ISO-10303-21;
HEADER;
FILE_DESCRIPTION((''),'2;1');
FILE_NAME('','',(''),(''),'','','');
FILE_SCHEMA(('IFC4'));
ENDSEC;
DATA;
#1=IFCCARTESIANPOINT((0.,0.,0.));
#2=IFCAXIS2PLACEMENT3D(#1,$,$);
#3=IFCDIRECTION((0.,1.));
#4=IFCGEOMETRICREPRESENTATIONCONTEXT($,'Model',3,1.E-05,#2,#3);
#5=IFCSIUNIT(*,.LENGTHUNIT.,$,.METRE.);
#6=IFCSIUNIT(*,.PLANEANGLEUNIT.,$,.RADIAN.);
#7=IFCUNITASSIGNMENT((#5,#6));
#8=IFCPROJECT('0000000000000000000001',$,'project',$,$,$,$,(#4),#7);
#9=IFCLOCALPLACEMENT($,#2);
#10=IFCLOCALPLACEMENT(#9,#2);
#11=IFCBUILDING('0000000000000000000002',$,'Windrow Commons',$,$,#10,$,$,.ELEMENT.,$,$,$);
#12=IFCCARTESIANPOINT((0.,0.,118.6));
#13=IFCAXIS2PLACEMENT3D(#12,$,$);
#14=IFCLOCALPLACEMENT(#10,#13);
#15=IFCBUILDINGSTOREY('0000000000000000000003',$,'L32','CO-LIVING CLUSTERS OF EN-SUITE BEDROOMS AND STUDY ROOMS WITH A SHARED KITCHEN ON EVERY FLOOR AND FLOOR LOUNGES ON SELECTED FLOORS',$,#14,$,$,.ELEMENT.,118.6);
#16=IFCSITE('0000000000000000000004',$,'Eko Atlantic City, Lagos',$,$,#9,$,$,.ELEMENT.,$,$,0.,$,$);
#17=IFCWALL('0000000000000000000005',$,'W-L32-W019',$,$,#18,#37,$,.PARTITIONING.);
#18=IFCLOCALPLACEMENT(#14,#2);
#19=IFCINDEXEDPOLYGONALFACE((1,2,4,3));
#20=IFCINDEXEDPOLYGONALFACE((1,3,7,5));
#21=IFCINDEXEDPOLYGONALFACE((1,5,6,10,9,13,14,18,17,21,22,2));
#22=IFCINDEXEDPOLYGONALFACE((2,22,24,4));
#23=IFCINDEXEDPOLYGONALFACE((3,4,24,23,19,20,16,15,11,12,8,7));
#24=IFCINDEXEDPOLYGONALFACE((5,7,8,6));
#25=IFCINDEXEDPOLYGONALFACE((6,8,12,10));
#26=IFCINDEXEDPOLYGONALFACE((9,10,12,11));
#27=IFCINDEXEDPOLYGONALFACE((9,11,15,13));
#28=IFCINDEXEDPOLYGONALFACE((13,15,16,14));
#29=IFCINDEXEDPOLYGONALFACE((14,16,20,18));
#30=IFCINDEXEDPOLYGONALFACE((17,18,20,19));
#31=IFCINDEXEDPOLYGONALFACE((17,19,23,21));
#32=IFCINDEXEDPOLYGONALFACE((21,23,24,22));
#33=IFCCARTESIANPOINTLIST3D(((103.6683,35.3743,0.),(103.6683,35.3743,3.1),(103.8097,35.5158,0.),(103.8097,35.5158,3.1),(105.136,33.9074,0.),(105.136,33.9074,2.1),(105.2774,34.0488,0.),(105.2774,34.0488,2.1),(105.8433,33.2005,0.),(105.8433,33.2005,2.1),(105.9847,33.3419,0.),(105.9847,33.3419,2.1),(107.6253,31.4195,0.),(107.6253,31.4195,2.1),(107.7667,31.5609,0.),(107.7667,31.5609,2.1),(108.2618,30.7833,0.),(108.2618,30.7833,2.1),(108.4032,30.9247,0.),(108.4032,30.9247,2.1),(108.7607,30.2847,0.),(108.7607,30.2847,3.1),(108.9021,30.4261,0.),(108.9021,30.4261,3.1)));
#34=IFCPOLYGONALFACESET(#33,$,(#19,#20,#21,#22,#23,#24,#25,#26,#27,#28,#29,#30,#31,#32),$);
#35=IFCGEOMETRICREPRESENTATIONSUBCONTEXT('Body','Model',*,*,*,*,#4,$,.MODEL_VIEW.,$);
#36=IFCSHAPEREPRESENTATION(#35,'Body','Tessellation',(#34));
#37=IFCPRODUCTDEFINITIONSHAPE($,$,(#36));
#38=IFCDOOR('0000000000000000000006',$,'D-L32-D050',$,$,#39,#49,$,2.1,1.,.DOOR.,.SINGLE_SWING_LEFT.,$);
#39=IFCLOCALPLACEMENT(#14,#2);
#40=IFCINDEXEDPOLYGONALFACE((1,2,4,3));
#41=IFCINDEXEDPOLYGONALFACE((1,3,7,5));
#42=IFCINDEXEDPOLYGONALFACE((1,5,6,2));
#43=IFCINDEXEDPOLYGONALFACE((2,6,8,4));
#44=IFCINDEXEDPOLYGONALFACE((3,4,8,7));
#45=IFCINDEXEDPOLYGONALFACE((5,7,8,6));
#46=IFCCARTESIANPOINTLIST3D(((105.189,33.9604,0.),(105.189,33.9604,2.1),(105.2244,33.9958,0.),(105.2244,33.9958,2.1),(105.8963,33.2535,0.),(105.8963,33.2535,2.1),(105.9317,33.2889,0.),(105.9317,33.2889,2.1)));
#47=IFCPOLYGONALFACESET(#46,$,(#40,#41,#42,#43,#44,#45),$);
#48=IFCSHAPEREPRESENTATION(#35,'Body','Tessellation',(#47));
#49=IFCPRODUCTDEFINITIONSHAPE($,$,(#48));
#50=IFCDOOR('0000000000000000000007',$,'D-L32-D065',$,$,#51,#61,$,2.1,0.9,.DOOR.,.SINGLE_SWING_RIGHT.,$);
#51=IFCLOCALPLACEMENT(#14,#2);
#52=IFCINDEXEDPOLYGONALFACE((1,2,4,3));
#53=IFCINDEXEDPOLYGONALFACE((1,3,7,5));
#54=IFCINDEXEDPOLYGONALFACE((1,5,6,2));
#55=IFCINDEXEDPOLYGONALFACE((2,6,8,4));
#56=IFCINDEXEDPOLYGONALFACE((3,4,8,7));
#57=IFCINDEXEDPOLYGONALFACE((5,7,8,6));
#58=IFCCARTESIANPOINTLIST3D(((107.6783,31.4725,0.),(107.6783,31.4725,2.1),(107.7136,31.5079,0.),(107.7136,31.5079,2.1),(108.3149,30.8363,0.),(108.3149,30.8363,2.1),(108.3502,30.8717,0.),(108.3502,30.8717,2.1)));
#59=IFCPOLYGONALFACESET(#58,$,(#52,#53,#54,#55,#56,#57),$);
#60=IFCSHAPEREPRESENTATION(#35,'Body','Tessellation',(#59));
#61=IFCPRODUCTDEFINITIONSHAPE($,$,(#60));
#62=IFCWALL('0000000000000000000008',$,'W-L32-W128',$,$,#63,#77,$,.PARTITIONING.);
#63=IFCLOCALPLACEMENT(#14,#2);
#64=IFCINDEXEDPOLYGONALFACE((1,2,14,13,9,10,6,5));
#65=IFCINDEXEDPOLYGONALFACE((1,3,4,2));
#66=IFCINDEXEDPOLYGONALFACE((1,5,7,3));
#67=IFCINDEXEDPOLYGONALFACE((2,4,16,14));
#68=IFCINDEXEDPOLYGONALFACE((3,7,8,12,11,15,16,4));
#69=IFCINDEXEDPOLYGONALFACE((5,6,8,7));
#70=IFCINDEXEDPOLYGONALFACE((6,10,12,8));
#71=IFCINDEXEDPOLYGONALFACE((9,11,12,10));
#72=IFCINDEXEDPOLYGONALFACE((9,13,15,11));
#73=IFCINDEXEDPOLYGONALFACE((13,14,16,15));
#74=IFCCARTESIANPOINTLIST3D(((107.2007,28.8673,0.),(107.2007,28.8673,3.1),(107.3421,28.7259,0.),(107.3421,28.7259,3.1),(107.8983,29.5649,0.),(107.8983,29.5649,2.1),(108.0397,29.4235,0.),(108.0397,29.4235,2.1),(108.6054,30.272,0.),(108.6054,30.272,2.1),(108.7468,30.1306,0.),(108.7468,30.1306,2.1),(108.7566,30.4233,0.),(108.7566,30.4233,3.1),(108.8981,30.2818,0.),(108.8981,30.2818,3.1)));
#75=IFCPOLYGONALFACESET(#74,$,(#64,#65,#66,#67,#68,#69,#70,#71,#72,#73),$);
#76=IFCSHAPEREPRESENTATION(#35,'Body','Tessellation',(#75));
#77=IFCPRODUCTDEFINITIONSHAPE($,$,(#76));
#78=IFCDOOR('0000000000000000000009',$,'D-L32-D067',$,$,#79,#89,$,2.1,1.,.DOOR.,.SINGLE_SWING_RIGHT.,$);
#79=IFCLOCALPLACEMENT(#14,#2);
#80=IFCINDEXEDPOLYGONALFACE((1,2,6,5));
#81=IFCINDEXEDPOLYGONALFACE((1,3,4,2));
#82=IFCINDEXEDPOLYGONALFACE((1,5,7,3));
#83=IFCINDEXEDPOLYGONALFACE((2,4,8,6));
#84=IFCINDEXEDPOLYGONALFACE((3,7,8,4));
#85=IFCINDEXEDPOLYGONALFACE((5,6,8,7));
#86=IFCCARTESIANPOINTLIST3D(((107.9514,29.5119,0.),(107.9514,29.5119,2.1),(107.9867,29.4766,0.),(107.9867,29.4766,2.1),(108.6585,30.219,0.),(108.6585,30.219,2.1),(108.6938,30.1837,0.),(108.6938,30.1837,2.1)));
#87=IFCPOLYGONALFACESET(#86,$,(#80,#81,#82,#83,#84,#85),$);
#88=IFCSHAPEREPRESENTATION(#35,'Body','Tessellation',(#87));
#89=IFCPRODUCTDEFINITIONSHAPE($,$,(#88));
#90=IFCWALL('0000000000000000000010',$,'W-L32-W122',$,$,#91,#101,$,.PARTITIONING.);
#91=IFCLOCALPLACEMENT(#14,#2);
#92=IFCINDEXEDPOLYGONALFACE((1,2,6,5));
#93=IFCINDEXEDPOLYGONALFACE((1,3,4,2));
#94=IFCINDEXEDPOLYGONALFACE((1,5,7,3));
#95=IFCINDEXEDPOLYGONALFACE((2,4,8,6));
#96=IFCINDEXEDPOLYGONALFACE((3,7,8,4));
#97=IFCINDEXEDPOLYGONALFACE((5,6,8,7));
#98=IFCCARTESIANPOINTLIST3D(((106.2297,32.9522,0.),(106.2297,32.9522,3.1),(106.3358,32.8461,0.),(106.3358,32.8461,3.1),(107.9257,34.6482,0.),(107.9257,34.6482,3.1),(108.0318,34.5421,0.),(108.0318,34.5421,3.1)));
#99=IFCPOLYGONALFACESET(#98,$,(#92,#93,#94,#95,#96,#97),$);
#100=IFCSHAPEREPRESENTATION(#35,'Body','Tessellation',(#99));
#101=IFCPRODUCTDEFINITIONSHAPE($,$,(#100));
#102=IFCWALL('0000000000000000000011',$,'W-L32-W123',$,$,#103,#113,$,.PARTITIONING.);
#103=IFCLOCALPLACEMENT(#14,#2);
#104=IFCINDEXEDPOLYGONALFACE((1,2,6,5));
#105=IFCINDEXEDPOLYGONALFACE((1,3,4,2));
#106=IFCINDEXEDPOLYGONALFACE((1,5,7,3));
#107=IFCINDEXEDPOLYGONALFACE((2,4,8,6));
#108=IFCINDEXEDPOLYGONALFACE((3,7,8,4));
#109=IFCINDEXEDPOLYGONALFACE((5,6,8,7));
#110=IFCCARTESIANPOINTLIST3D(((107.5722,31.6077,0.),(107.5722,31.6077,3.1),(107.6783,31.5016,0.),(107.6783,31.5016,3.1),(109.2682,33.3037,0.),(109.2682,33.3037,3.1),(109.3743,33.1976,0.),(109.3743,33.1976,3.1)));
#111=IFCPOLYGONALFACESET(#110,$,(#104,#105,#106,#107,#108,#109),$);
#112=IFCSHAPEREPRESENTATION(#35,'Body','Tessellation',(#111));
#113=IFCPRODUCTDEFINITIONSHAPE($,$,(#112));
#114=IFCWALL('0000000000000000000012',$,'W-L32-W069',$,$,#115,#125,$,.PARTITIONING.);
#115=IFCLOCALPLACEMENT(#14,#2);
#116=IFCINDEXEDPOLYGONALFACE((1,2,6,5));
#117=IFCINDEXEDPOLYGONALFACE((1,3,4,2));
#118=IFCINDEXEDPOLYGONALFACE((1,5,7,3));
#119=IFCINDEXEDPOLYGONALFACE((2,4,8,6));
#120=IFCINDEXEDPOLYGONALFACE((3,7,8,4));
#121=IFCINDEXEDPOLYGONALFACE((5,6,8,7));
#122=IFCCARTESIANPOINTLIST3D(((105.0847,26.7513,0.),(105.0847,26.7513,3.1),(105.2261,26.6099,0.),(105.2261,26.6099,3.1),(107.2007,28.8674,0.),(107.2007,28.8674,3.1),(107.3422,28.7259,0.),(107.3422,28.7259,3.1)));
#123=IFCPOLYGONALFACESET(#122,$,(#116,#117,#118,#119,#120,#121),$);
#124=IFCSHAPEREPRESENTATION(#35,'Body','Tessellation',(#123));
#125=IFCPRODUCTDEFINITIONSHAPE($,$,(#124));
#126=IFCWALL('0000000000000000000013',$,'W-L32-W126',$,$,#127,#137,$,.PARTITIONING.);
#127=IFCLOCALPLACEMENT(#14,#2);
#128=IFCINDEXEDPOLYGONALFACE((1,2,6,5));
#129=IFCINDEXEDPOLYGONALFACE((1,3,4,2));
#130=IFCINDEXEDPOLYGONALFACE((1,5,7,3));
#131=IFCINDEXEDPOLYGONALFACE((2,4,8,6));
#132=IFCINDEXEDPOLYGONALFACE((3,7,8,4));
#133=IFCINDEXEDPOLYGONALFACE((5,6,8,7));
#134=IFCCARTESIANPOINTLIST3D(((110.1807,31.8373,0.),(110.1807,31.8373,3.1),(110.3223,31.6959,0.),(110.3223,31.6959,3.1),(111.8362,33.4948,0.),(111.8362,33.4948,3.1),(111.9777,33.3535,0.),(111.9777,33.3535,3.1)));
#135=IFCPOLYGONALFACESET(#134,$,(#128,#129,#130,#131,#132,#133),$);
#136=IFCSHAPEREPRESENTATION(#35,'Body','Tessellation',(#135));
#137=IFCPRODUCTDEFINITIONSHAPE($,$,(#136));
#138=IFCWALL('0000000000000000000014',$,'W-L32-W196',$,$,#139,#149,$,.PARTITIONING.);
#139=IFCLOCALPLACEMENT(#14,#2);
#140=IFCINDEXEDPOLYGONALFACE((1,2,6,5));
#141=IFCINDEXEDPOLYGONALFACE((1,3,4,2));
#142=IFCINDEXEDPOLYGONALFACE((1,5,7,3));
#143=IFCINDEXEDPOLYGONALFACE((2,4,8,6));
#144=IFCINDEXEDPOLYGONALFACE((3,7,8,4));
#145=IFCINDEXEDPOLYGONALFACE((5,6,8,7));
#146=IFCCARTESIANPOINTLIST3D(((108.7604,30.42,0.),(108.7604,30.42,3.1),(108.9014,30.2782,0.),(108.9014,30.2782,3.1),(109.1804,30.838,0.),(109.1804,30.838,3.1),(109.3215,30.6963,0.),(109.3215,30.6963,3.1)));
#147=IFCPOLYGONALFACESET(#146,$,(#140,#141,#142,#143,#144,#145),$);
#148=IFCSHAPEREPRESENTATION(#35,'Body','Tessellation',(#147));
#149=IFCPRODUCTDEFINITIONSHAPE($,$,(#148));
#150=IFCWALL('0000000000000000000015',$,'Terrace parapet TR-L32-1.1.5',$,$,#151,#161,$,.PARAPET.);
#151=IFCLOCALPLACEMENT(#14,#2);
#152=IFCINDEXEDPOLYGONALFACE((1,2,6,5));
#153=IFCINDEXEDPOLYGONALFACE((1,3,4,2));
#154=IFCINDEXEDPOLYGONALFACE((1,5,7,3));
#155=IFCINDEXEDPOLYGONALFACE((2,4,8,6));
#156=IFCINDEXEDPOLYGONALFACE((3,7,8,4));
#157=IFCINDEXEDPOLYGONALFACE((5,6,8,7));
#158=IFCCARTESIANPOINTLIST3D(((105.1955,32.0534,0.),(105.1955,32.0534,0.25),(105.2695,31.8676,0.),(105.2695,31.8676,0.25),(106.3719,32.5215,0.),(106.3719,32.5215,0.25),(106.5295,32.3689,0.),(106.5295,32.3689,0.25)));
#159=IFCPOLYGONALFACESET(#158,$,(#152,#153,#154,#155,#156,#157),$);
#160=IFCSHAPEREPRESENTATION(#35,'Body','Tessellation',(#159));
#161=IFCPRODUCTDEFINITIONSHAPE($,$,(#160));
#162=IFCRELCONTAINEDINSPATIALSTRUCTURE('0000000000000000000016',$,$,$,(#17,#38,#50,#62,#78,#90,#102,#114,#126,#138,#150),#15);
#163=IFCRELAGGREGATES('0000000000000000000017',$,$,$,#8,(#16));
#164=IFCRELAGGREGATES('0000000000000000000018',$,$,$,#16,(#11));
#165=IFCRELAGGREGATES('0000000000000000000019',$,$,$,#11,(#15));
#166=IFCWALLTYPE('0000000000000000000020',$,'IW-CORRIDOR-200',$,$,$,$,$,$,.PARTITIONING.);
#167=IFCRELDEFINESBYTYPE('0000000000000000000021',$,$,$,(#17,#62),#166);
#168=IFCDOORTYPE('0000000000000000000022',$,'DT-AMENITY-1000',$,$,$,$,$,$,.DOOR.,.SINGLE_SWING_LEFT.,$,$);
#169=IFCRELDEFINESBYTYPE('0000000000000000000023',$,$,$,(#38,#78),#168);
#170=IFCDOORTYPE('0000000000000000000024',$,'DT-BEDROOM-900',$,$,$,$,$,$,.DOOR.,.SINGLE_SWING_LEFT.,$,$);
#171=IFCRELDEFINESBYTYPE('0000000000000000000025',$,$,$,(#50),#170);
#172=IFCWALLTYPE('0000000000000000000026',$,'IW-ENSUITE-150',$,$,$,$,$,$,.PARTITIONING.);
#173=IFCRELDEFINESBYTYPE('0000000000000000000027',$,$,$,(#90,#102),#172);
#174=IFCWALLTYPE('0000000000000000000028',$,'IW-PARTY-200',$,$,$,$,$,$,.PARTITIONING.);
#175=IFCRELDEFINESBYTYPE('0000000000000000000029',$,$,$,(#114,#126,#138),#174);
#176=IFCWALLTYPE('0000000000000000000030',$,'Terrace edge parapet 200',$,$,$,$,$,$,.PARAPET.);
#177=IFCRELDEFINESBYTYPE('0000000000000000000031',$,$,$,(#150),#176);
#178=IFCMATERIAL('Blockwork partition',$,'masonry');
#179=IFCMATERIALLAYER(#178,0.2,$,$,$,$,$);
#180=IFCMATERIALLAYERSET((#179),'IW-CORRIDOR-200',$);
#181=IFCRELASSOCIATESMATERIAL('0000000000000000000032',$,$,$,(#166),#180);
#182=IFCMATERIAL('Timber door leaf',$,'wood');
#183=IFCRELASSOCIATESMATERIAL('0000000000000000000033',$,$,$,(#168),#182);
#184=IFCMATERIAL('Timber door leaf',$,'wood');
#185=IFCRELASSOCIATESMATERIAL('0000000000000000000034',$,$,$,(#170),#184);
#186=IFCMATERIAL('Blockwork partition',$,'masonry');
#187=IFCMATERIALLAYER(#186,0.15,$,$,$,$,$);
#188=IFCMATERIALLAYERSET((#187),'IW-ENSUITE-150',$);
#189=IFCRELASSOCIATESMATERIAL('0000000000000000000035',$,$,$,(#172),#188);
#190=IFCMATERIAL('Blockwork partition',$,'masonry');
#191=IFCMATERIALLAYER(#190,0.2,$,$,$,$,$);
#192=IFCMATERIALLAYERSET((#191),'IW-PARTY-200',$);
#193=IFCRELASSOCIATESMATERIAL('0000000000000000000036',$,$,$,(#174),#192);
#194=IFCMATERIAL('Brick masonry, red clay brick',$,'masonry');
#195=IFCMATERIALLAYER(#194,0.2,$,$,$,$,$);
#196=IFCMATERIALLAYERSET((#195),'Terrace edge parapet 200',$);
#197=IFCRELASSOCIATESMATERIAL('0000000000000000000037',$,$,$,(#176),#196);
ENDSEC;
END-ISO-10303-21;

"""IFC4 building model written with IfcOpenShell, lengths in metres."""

from ifc_helpers import new_model, si_unit, direction, frame, frame_2d, origin, place, context, subcontext, project, spatial, polyline, rectangle, outline, extrude, material, layer, layer_set, type_object, element, fill, save


model = new_model("IFC4")

# Units and contexts
model_context = context("Model", 3, precision=1e-05, world=origin(), true_north=direction((0.0, 1.0)))
body_context = subcontext(model_context, "Body", "Model", "MODEL_VIEW")
ifc_project = project(units=[si_unit("LENGTHUNIT", "METRE"), si_unit("PLANEANGLEUNIT", "RADIAN")], contexts=[model_context])

# Site, building, storey
site_placement = place(None, origin())
site = spatial("IfcSite", under=ifc_project, at=site_placement, Name="Eko Atlantic City, Lagos", CompositionType="ELEMENT", RefElevation=0.0)
building_placement = place(site_placement, origin())
building = spatial("IfcBuilding", under=site, at=building_placement, Name="Windrow Commons", CompositionType="ELEMENT")
storey_placement = place(building_placement, frame((0.0, 0.0, 118.6)))
storey = spatial("IfcBuildingStorey", under=building, at=storey_placement, Name="L32", Description="CO-LIVING CLUSTERS OF EN-SUITE BEDROOMS AND STUDY ROOMS WITH A SHARED KITCHEN ON EVERY FLOOR AND FLOOR LOUNGES ON SELECTED FLOORS", CompositionType="ELEMENT", Elevation=118.6)

# Wall, openings, doors
ifc_material_1 = material(Name="Blockwork partition", Category="masonry")
ifc_layer_1 = layer(ifc_material_1, 0.2)
ifc_layer_set_1 = layer_set([ifc_layer_1], Name="IW-CORRIDOR-200")
wall_type_1 = type_object("IfcWallType", Name="IW-CORRIDOR-200", PredefinedType="PARTITIONING", material=ifc_layer_set_1)
wall_1_placement = place(storey_placement, frame((108.8314, 30.3554, 0.0), z_axis=(0.0, 0.0, 1.0), x_axis=(-0.707301, 0.706912, 0.0)))
wall_1 = element("IfcWall", 1, at=wall_1_placement, inside=storey, type_object=wall_type_1, Name="W-L32-W019", PredefinedType="PARTITIONING", context=body_context, shape_type="SweptSolid", body=[
    extrude(rectangle(XDim=7.1998, YDim=0.2, at=frame_2d((3.5999, 0.0))), origin(), (0.0, 0.0, 1.0), 3.1),
])
opening_1_placement = place(wall_1_placement, frame((4.1247, 0.0, 0.0)))
opening_1 = element("IfcOpeningElement", 2, at=opening_1_placement, cuts=wall_1, PredefinedType="OPENING", context=body_context, shape_type="SweptSolid", body=[
    extrude(rectangle(XDim=1.0, YDim=2.1, at=frame_2d((0.5, 1.05))), frame((0.0, 0.11, 0.0), z_axis=(0.0, -1.0, 0.0), x_axis=(1.0, 0.0, 0.0)), (0.0, 0.0, 1.0), 0.22),
])
opening_2_placement = place(wall_1_placement, frame((0.7053, 0.0, 0.0)))
opening_2 = element("IfcOpeningElement", 3, at=opening_2_placement, cuts=wall_1, PredefinedType="OPENING", context=body_context, shape_type="SweptSolid", body=[
    extrude(rectangle(XDim=0.9, YDim=2.1, at=frame_2d((0.45, 1.05))), frame((0.0, 0.11, 0.0), z_axis=(0.0, -1.0, 0.0), x_axis=(1.0, 0.0, 0.0)), (0.0, 0.0, 1.0), 0.22),
])
ifc_material_2 = material(Name="Timber door leaf", Category="wood")
door_type_1 = type_object("IfcDoorType", Name="DT-AMENITY-1000", OperationType="SINGLE_SWING_LEFT", PredefinedType="DOOR", material=ifc_material_2)
door_1_placement = place(opening_1_placement, origin())
door_1 = element("IfcDoor", 4, at=door_1_placement, inside=storey, type_object=door_type_1, Name="D-L32-D050", OperationType="SINGLE_SWING_LEFT", OverallHeight=2.1, OverallWidth=1.0, PredefinedType="DOOR", context=body_context, shape_type="SweptSolid", body=[
    extrude(rectangle(XDim=1.0, YDim=2.1, at=frame_2d((0.5, 1.05))), frame((0.0, 0.025, 0.0), z_axis=(0.0, -1.0, 0.0), x_axis=(1.0, 0.0, 0.0)), (0.0, 0.0, 1.0), 0.05),
])
fill(opening_1, door_1)
ifc_material_3 = material(Name="Timber door leaf", Category="wood")
door_type_2 = type_object("IfcDoorType", Name="DT-BEDROOM-900", OperationType="SINGLE_SWING_LEFT", PredefinedType="DOOR", material=ifc_material_3)
door_2_placement = place(opening_2_placement, origin())
door_2 = element("IfcDoor", 5, at=door_2_placement, inside=storey, type_object=door_type_2, Name="D-L32-D065", OperationType="SINGLE_SWING_RIGHT", OverallHeight=2.1, OverallWidth=0.9, PredefinedType="DOOR", context=body_context, shape_type="SweptSolid", body=[
    extrude(rectangle(XDim=0.9, YDim=2.1, at=frame_2d((0.45, 1.05))), frame((0.0, 0.025, 0.0), z_axis=(0.0, -1.0, 0.0), x_axis=(1.0, 0.0, 0.0)), (0.0, 0.0, 1.0), 0.05),
])
fill(opening_2, door_2)

# Wall, opening, door
wall_2_placement = place(storey_placement, frame((107.2714, 28.7966, 0.0), z_axis=(0.0, 0.0, 1.0), x_axis=(0.707107, 0.707107, 0.0)))
wall_2 = element("IfcWall", 6, at=wall_2_placement, inside=storey, type_object=wall_type_1, Name="W-L32-W128", PredefinedType="PARTITIONING", context=body_context, shape_type="SweptSolid", body=[
    extrude(rectangle(XDim=2.2005, YDim=0.2, at=frame_2d((1.1002, 0.0))), origin(), (0.0, 0.0, 1.0), 3.1),
])
opening_3_placement = place(wall_2_placement, frame((0.9866, 0.0, 0.0)))
opening_3 = element("IfcOpeningElement", 7, at=opening_3_placement, cuts=wall_2, PredefinedType="OPENING", context=body_context, shape_type="SweptSolid", body=[
    extrude(rectangle(XDim=1.0, YDim=2.1, at=frame_2d((0.5, 1.05))), frame((0.0, 0.11, 0.0), z_axis=(0.0, -1.0, 0.0), x_axis=(1.0, 0.0, 0.0)), (0.0, 0.0, 1.0), 0.22),
])
door_3_placement = place(opening_3_placement, origin())
door_3 = element("IfcDoor", 8, at=door_3_placement, inside=storey, type_object=door_type_1, Name="D-L32-D067", OperationType="SINGLE_SWING_RIGHT", OverallHeight=2.1, OverallWidth=1.0, PredefinedType="DOOR", context=body_context, shape_type="SweptSolid", body=[
    extrude(rectangle(XDim=1.0, YDim=2.1, at=frame_2d((0.5, 1.05))), frame((0.0, 0.025, 0.0), z_axis=(0.0, -1.0, 0.0), x_axis=(1.0, 0.0, 0.0)), (0.0, 0.0, 1.0), 0.05),
])
fill(opening_3, door_3)

# Walls
ifc_material_4 = material(Name="Blockwork partition", Category="masonry")
ifc_layer_2 = layer(ifc_material_4, 0.15)
ifc_layer_set_2 = layer_set([ifc_layer_2], Name="IW-ENSUITE-150")
wall_type_2 = type_object("IfcWallType", Name="IW-ENSUITE-150", PredefinedType="PARTITIONING", material=ifc_layer_set_2)
for number, where, z_axis, x_axis, name in (
    (9, (106.2828, 32.8992, 0.0), (0.0, 0.0, 1.0), (0.707107, 0.707107, 0.0), "W-L32-W122"),
    (10, (107.6253, 31.5547, 0.0), (0.0, 0.0, 1.0), (0.707107, 0.707107, 0.0), "W-L32-W123"),
):
    element("IfcWall", number, at=place(storey_placement, frame(where, z_axis=z_axis, x_axis=x_axis)), inside=storey, type_object=wall_type_2, Name=name, PredefinedType="PARTITIONING", context=body_context, shape_type="SweptSolid", body=[
        extrude(rectangle(XDim=2.3985, YDim=0.15, at=frame_2d((1.1992, 0.0))), origin(), (0.0, 0.0, 1.0), 3.1),
    ])
ifc_material_5 = material(Name="Blockwork partition", Category="masonry")
ifc_layer_3 = layer(ifc_material_5, 0.2)
ifc_layer_set_3 = layer_set([ifc_layer_3], Name="IW-PARTY-200")
wall_type_3 = type_object("IfcWallType", Name="IW-PARTY-200", PredefinedType="PARTITIONING", material=ifc_layer_set_3)
wall_3_placement = place(storey_placement, frame((105.1554, 26.6806, 0.0), z_axis=(0.0, 0.0, 1.0), x_axis=(0.707107, 0.707107, 0.0)))
element("IfcWall", 11, at=wall_3_placement, inside=storey, type_object=wall_type_3, Name="W-L32-W069", PredefinedType="PARTITIONING", context=body_context, shape_type="SweptSolid", body=[
    extrude(rectangle(XDim=2.9925, YDim=0.2, at=frame_2d((1.4963, 0.0))), origin(), (0.0, 0.0, 1.0), 3.1),
])
wall_4_placement = place(storey_placement, frame((110.2515, 31.7666, 0.0), z_axis=(0.0, 0.0, 1.0), x_axis=(0.706658, 0.707555, 0.0)))
element("IfcWall", 12, at=wall_4_placement, inside=storey, type_object=wall_type_3, Name="W-L32-W126", PredefinedType="PARTITIONING", context=body_context, shape_type="SweptSolid", body=[
    extrude(rectangle(XDim=2.3426, YDim=0.2, at=frame_2d((1.1713, 0.0))), origin(), (0.0, 0.0, 1.0), 3.1),
])
wall_5_placement = place(storey_placement, frame((108.8309, 30.3491, 0.0), z_axis=(0.0, 0.0, 1.0), x_axis=(0.708792, 0.705417, 0.0)))
element("IfcWall", 13, at=wall_5_placement, inside=storey, type_object=wall_type_3, Name="W-L32-W196", PredefinedType="PARTITIONING", context=body_context, shape_type="SweptSolid", body=[
    extrude(rectangle(XDim=0.5926, YDim=0.2, at=frame_2d((0.2963, 0.0))), origin(), (0.0, 0.0, 1.0), 3.1),
])
ifc_material_6 = material(Name="Brick masonry, red clay brick", Category="masonry")
ifc_layer_4 = layer(ifc_material_6, 0.2)
ifc_layer_set_4 = layer_set([ifc_layer_4], Name="Terrace edge parapet 200")
wall_type_4 = type_object("IfcWallType", Name="Terrace edge parapet 200", PredefinedType="PARAPET", material=ifc_layer_set_4)
wall_6_placement = place(storey_placement, frame((106.4507, 32.4452, 0.0), z_axis=(0.0, 0.0, 1.0), x_axis=(-0.929154, -0.369694, 0.0)))
element("IfcWall", 14, at=wall_6_placement, inside=storey, type_object=wall_type_4, Name="Terrace parapet TR-L32-1.1.5", PredefinedType="PARAPET", context=body_context, shape_type="SweptSolid", body=[
    extrude(outline(polyline([(0.045, -0.1), (1.3111, -0.1), (1.3111, 0.1), (-0.045, 0.1), (0.045, -0.1)])), origin(), (0.0, 0.0, 1.0), 0.25),
])

save(model, "model.ifc")
